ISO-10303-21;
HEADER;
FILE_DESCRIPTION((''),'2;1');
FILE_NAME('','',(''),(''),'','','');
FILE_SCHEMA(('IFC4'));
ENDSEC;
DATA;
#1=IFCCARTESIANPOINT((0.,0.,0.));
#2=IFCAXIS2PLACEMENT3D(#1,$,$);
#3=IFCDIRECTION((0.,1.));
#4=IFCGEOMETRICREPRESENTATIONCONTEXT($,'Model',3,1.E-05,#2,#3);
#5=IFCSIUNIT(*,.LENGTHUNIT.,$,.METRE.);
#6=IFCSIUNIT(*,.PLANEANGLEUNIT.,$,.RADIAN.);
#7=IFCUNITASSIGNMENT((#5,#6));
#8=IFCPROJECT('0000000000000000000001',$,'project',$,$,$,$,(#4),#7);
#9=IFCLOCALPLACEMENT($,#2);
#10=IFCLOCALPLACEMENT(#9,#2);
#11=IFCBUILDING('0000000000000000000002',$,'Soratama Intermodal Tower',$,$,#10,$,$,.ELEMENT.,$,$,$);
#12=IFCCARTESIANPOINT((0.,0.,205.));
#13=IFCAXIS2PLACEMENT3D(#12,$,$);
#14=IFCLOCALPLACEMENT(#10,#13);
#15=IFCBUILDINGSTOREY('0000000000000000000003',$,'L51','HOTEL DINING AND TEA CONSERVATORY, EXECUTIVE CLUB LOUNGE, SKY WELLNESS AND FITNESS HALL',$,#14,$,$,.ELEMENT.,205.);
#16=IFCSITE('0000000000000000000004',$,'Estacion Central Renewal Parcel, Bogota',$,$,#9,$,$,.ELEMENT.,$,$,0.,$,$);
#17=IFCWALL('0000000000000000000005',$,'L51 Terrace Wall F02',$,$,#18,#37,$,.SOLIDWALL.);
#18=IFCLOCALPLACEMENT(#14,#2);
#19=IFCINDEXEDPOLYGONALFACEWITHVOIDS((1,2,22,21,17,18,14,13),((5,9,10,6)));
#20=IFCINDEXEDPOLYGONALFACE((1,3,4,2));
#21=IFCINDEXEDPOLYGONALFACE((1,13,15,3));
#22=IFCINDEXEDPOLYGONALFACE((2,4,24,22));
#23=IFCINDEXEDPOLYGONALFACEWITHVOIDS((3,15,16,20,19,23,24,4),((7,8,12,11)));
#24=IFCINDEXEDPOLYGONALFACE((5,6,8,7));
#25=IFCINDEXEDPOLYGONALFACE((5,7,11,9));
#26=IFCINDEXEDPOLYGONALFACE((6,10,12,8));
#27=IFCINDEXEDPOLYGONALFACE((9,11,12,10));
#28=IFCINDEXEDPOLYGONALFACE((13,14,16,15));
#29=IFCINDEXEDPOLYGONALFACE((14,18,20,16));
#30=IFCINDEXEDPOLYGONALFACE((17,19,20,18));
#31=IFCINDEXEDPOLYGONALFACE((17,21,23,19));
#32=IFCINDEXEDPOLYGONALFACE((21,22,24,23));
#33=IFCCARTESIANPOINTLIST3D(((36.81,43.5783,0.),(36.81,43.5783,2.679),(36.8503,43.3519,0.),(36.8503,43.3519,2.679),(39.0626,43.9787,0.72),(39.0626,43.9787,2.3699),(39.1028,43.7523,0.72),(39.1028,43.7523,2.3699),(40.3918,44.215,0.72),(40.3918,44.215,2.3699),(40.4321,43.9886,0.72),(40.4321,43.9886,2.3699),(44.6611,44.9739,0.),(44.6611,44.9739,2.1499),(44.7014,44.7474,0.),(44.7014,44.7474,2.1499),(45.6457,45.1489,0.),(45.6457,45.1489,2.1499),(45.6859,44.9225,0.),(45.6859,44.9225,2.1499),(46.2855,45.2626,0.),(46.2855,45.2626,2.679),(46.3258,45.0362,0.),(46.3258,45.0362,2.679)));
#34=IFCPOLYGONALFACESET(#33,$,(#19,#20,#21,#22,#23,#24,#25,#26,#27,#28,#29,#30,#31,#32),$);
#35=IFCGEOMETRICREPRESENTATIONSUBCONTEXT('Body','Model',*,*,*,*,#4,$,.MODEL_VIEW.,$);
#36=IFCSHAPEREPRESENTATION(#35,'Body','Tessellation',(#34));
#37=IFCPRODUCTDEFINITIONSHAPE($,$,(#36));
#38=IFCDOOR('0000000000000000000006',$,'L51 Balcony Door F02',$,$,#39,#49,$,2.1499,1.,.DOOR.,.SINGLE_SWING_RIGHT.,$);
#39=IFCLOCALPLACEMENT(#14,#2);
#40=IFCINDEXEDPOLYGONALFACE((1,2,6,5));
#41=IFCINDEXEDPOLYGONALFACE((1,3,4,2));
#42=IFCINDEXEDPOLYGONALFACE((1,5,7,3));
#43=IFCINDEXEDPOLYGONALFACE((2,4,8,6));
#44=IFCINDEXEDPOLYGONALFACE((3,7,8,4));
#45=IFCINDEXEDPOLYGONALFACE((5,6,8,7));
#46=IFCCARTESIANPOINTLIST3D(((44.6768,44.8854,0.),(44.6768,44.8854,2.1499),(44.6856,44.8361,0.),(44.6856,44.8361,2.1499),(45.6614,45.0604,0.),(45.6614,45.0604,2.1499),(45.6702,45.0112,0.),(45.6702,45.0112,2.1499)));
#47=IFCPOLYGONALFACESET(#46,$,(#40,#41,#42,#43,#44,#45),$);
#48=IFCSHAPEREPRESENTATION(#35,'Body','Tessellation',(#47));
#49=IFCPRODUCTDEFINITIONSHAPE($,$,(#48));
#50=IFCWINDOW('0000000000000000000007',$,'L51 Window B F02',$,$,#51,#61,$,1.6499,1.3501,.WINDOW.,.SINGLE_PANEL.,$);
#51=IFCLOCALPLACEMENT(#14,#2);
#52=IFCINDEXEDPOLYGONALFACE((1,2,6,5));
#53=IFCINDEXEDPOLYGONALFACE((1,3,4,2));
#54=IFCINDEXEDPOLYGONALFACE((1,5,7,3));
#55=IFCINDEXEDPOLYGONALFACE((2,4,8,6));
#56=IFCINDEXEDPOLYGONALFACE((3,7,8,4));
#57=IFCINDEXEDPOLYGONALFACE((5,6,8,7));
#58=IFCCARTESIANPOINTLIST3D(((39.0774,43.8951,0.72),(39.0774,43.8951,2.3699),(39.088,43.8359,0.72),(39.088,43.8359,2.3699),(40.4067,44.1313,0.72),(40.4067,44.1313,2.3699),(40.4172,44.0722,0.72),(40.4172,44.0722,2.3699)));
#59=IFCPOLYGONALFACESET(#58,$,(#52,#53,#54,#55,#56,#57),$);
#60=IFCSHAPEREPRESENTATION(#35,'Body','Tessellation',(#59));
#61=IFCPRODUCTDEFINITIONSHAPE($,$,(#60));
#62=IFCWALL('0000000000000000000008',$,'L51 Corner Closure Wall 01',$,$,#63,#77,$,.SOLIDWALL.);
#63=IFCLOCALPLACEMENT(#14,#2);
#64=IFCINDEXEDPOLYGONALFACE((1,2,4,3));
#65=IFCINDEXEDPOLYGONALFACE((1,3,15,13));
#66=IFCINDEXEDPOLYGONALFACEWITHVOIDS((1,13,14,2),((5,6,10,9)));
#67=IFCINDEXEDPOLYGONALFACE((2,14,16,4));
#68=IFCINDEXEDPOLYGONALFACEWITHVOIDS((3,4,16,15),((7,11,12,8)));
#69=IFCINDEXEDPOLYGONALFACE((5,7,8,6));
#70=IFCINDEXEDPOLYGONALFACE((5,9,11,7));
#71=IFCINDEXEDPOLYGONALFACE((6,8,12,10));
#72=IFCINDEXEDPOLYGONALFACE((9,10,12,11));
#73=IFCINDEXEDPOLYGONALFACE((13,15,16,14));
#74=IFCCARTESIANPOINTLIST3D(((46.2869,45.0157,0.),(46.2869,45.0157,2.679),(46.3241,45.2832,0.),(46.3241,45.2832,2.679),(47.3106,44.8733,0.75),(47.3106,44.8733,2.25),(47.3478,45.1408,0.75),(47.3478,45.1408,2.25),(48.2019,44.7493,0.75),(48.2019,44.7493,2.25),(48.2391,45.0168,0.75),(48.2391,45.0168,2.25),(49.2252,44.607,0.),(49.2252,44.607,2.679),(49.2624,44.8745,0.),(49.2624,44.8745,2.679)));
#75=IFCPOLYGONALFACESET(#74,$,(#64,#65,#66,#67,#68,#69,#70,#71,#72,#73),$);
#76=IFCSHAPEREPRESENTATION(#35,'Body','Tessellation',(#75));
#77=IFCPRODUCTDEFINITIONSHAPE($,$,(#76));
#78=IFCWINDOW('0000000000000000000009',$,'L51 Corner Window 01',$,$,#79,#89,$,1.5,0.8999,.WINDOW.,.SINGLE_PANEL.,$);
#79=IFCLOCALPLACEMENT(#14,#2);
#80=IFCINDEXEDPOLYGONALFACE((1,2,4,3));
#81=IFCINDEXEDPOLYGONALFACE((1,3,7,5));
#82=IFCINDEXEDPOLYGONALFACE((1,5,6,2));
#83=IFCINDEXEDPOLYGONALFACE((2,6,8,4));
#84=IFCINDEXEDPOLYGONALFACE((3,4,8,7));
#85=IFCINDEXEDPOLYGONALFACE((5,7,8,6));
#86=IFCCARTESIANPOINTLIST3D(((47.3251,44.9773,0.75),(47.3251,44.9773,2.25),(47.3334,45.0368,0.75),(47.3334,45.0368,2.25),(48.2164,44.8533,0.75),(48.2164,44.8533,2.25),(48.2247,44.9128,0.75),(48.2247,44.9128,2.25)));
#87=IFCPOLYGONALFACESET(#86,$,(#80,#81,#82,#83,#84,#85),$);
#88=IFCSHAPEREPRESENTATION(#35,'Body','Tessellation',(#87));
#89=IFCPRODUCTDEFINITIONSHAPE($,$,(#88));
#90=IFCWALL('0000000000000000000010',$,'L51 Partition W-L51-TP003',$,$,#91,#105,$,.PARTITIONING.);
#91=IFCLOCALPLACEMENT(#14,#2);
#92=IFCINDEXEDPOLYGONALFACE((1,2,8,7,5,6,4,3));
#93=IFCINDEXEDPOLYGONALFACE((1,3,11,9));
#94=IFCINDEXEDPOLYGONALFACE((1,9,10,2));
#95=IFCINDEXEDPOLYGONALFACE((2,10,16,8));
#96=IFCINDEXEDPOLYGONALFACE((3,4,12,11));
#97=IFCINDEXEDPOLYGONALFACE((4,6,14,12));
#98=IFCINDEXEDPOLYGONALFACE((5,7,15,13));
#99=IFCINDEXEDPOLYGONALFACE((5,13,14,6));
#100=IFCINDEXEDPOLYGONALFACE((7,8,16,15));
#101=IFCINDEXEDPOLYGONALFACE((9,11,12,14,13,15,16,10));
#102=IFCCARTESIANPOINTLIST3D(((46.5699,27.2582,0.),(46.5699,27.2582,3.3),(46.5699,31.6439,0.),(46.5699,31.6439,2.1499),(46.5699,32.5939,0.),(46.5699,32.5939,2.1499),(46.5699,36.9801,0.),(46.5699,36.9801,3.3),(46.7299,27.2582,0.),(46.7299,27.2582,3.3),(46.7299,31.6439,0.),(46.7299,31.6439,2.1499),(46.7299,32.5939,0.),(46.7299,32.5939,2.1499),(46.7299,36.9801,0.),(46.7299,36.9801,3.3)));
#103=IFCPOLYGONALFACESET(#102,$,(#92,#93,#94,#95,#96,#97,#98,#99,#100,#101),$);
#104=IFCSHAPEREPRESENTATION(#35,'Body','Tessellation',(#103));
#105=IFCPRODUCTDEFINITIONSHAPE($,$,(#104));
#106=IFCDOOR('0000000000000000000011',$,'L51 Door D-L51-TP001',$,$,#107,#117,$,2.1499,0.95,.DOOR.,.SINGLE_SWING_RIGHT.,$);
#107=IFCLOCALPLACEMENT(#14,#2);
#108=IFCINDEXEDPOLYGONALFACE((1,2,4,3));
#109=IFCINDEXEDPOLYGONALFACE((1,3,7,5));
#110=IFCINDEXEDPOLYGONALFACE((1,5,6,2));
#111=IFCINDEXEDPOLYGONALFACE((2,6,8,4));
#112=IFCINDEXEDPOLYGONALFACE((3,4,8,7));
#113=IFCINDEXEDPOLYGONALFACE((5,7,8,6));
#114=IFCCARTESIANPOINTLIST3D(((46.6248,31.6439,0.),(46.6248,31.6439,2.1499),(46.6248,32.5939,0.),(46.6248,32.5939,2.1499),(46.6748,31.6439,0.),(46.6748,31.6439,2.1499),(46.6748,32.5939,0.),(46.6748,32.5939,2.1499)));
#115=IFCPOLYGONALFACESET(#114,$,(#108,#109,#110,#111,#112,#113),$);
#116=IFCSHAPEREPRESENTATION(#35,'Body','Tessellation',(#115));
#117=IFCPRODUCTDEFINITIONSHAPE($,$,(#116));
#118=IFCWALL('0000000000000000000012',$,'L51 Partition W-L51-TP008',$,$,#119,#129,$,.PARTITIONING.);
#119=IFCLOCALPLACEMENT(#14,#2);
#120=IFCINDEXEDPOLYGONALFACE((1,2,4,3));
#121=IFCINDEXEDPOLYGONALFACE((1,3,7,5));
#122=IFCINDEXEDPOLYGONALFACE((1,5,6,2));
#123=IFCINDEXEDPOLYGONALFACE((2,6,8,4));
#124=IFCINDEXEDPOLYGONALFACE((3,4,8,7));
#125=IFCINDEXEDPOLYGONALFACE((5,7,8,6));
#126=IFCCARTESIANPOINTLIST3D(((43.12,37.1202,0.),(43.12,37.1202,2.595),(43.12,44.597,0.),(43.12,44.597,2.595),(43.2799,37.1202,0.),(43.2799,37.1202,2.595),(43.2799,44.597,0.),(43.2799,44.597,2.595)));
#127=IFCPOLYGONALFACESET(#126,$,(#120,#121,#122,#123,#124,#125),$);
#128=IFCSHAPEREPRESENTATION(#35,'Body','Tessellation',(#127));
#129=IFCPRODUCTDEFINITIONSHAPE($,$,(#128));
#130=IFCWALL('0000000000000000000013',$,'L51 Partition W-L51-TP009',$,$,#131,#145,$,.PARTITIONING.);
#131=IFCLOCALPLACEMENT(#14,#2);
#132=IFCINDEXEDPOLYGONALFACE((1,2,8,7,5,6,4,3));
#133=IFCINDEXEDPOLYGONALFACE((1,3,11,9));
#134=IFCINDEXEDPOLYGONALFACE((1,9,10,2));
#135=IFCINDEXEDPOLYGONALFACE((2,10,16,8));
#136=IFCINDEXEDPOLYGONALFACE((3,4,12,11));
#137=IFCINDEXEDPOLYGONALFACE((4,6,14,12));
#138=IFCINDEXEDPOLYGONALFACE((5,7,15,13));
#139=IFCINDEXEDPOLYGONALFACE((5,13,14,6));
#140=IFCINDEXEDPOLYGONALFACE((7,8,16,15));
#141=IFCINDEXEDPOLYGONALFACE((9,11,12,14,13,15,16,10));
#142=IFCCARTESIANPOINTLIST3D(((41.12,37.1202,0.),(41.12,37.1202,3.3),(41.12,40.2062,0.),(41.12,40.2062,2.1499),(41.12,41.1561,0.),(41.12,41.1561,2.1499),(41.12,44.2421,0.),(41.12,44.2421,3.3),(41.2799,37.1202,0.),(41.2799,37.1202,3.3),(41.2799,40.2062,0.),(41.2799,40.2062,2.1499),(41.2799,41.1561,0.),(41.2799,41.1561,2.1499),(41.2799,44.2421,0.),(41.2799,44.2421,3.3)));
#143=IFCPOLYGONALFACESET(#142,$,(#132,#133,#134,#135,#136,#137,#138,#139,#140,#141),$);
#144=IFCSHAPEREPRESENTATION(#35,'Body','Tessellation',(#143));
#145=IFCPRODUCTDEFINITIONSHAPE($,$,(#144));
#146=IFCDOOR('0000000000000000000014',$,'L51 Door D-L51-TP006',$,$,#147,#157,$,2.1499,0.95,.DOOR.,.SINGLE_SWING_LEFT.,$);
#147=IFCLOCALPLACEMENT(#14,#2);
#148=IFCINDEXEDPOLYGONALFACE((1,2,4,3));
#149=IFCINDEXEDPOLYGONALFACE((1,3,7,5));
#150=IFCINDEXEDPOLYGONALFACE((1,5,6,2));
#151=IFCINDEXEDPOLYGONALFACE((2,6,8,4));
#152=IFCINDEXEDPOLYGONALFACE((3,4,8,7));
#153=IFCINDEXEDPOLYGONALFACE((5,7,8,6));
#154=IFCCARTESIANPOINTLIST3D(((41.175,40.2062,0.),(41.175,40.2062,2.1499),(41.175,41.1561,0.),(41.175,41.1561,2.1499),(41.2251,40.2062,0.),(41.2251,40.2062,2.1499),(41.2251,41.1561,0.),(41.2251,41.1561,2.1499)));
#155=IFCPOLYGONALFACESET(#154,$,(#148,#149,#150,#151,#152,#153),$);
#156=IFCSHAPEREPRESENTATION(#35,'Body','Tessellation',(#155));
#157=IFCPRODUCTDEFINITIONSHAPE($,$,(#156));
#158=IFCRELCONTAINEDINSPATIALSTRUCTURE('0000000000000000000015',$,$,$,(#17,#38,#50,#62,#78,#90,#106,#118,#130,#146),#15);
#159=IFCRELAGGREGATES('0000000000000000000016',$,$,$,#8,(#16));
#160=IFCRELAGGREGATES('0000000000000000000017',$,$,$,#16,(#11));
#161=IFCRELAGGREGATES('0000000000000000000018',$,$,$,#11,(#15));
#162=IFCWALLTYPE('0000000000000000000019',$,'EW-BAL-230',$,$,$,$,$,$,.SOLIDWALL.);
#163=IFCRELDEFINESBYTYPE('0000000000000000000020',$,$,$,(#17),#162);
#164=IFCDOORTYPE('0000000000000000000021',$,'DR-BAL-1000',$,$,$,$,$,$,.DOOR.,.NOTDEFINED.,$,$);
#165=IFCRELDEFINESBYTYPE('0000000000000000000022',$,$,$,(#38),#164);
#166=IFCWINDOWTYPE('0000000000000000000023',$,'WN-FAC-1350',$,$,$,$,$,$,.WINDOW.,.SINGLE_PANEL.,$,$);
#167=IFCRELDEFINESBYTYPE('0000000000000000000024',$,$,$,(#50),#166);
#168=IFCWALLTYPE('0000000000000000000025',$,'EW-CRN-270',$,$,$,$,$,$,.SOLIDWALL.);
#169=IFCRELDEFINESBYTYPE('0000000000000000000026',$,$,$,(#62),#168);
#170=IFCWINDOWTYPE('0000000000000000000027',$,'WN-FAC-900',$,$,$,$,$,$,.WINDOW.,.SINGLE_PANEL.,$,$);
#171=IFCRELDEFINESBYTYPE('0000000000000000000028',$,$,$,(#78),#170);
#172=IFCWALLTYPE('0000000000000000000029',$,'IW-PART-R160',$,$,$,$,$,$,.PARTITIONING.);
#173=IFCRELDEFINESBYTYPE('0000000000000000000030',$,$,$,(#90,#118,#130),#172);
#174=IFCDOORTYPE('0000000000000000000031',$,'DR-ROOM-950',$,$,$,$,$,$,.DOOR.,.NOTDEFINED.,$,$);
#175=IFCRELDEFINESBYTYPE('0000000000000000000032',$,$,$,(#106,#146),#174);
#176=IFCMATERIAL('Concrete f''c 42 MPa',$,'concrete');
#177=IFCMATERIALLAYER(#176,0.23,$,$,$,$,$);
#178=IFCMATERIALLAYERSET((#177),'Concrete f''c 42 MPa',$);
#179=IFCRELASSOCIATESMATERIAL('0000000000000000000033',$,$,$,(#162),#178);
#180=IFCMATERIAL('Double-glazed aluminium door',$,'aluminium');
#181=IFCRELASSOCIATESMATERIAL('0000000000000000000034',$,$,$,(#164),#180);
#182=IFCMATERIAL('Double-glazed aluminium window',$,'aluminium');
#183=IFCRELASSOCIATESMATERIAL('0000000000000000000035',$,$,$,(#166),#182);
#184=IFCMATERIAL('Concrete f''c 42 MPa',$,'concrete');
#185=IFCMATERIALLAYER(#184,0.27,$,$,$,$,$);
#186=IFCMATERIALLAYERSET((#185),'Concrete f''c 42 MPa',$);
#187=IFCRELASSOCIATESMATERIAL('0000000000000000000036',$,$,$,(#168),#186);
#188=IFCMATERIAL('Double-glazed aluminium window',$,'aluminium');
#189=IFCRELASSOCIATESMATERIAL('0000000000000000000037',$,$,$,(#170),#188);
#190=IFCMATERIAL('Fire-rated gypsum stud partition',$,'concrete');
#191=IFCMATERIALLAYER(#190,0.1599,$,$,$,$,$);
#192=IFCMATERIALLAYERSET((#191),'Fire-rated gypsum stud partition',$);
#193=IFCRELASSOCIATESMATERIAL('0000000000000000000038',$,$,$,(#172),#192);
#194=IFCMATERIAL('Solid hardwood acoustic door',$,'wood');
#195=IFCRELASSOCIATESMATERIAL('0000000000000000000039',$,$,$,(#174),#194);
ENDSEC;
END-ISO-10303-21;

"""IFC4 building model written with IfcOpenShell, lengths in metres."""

from ifc_helpers import new_model, si_unit, direction, frame, frame_2d, origin, place, context, subcontext, project, spatial, rectangle, extrude, material, layer, layer_set, type_object, element, fill, save


model = new_model("IFC4")

# Units and contexts
model_context = context("Model", 3, precision=1e-05, world=origin(), true_north=direction((0.0, 1.0)))
body_context = subcontext(model_context, "Body", "Model", "MODEL_VIEW")
ifc_project = project(units=[si_unit("LENGTHUNIT", "METRE"), si_unit("PLANEANGLEUNIT", "RADIAN")], contexts=[model_context])

# Site, building, storey
site_placement = place(None, origin())
site = spatial("IfcSite", under=ifc_project, at=site_placement, Name="Estacion Central Renewal Parcel, Bogota", CompositionType="ELEMENT", RefElevation=0.0)
building_placement = place(site_placement, origin())
building = spatial("IfcBuilding", under=site, at=building_placement, Name="Soratama Intermodal Tower", CompositionType="ELEMENT")
storey_placement = place(building_placement, frame((0.0, 0.0, 205.0)))
storey = spatial("IfcBuildingStorey", under=building, at=storey_placement, Name="L51", Description="HOTEL DINING AND TEA CONSERVATORY, EXECUTIVE CLUB LOUNGE, SKY WELLNESS AND FITNESS HALL", CompositionType="ELEMENT", Elevation=205.0)

# Wall, openings, door, window
ifc_material_1 = material(Name="Concrete f'c 42 MPa", Category="concrete")
ifc_layer_1 = layer(ifc_material_1, 0.23)
ifc_layer_set_1 = layer_set([ifc_layer_1], Name="Concrete f'c 42 MPa")
wall_type_1 = type_object("IfcWallType", Name="EW-BAL-230", PredefinedType="SOLIDWALL", material=ifc_layer_set_1)
wall_1_placement = place(storey_placement, frame((46.3057, 45.1494, 0.0), z_axis=(0.0, 0.0, 1.0), x_axis=(-0.984566, -0.175011, 0.0)))
wall_1 = element("IfcWall", 1, at=wall_1_placement, inside=storey, type_object=wall_type_1, Name="L51 Terrace Wall F02", PredefinedType="SOLIDWALL", context=body_context, shape_type="SweptSolid", body=[
    extrude(rectangle(XDim=9.624, YDim=0.23, at=frame_2d((4.812, 0.0))), origin(), (0.0, 0.0, 1.0), 2.679),
])
opening_1_placement = place(wall_1_placement, frame((0.6499, 0.0, 0.0)))
opening_1 = element("IfcOpeningElement", 2, at=opening_1_placement, cuts=wall_1, PredefinedType="OPENING", context=body_context, shape_type="SweptSolid", body=[
    extrude(rectangle(XDim=1.0, YDim=2.1499, at=frame_2d((0.5, 1.075))), frame((0.0, 0.125, 0.0), z_axis=(0.0, -1.0, 0.0), x_axis=(1.0, 0.0, 0.0)), (0.0, 0.0, 1.0), 0.25),
])
opening_2_placement = place(wall_1_placement, frame((5.9861, 0.0, 0.72)))
opening_2 = element("IfcOpeningElement", 3, at=opening_2_placement, cuts=wall_1, PredefinedType="OPENING", context=body_context, shape_type="SweptSolid", body=[
    extrude(rectangle(XDim=1.3501, YDim=1.6499, at=frame_2d((0.675, 0.825))), frame((0.0, 0.125, 0.0), z_axis=(0.0, -1.0, 0.0), x_axis=(1.0, 0.0, 0.0)), (0.0, 0.0, 1.0), 0.25),
])
ifc_material_2 = material(Name="Double-glazed aluminium door", Category="aluminium")
door_type_1 = type_object("IfcDoorType", Name="DR-BAL-1000", OperationType="NOTDEFINED", PredefinedType="DOOR", material=ifc_material_2)
door_1_placement = place(opening_1_placement, origin())
door_1 = element("IfcDoor", 4, at=door_1_placement, inside=storey, type_object=door_type_1, Name="L51 Balcony Door F02", OperationType="SINGLE_SWING_RIGHT", OverallHeight=2.1499, OverallWidth=1.0, PredefinedType="DOOR", context=body_context, shape_type="SweptSolid", body=[
    extrude(rectangle(XDim=1.0, YDim=2.1499, at=frame_2d((0.5, 1.075))), frame((0.0, 0.0249, 0.0), z_axis=(0.0, -1.0, 0.0), x_axis=(1.0, 0.0, 0.0)), (0.0, 0.0, 1.0), 0.05),
])
fill(opening_1, door_1)
ifc_material_3 = material(Name="Double-glazed aluminium window", Category="aluminium")
window_type_1 = type_object("IfcWindowType", Name="WN-FAC-1350", PartitioningType="SINGLE_PANEL", PredefinedType="WINDOW", material=ifc_material_3)
window_1_placement = place(opening_2_placement, origin())
window_1 = element("IfcWindow", 5, at=window_1_placement, inside=storey, type_object=window_type_1, Name="L51 Window B F02", OverallHeight=1.6499, OverallWidth=1.3501, PartitioningType="SINGLE_PANEL", PredefinedType="WINDOW", context=body_context, shape_type="SweptSolid", body=[
    extrude(rectangle(XDim=1.3501, YDim=1.6499, at=frame_2d((0.675, 0.825))), frame((0.0, 0.03, 0.0), z_axis=(0.0, -1.0, 0.0), x_axis=(1.0, 0.0, 0.0)), (0.0, 0.0, 1.0), 0.0601),
])
fill(opening_2, window_1)

# Wall, opening, window
ifc_material_4 = material(Name="Concrete f'c 42 MPa", Category="concrete")
ifc_layer_2 = layer(ifc_material_4, 0.27)
ifc_layer_set_2 = layer_set([ifc_layer_2], Name="Concrete f'c 42 MPa")
wall_type_2 = type_object("IfcWallType", Name="EW-CRN-270", PredefinedType="SOLIDWALL", material=ifc_layer_set_2)
wall_2_placement = place(storey_placement, frame((49.2439, 44.7407, 0.0), z_axis=(0.0, 0.0, 1.0), x_axis=(-0.990465, 0.137768, 0.0)))
wall_2 = element("IfcWall", 6, at=wall_2_placement, inside=storey, type_object=wall_type_2, Name="L51 Corner Closure Wall 01", PredefinedType="SOLIDWALL", context=body_context, shape_type="SweptSolid", body=[
    extrude(rectangle(XDim=2.9666, YDim=0.27, at=frame_2d((1.4834, 0.0))), origin(), (0.0, 0.0, 1.0), 2.679),
])
opening_3_placement = place(wall_2_placement, frame((1.0332, 0.0, 0.75)))
opening_3 = element("IfcOpeningElement", 7, at=opening_3_placement, cuts=wall_2, PredefinedType="OPENING", context=body_context, shape_type="SweptSolid", body=[
    extrude(rectangle(XDim=0.8999, YDim=1.5, at=frame_2d((0.45, 0.75))), frame((0.0, 0.145, 0.0), z_axis=(0.0, -1.0, 0.0), x_axis=(1.0, 0.0, 0.0)), (0.0, 0.0, 1.0), 0.29),
])
ifc_material_5 = material(Name="Double-glazed aluminium window", Category="aluminium")
window_type_2 = type_object("IfcWindowType", Name="WN-FAC-900", PartitioningType="SINGLE_PANEL", PredefinedType="WINDOW", material=ifc_material_5)
window_2_placement = place(opening_3_placement, origin())
window_2 = element("IfcWindow", 8, at=window_2_placement, inside=storey, type_object=window_type_2, Name="L51 Corner Window 01", OverallHeight=1.5, OverallWidth=0.8999, PartitioningType="SINGLE_PANEL", PredefinedType="WINDOW", context=body_context, shape_type="SweptSolid", body=[
    extrude(rectangle(XDim=0.8999, YDim=1.5, at=frame_2d((0.45, 0.75))), frame((0.0, 0.03, 0.0), z_axis=(0.0, -1.0, 0.0), x_axis=(1.0, 0.0, 0.0)), (0.0, 0.0, 1.0), 0.0601),
])
fill(opening_3, window_2)

# Wall, opening, door
ifc_material_6 = material(Name="Fire-rated gypsum stud partition", Category="concrete")
ifc_layer_3 = layer(ifc_material_6, 0.1599)
ifc_layer_set_3 = layer_set([ifc_layer_3], Name="Fire-rated gypsum stud partition")
wall_type_3 = type_object("IfcWallType", Name="IW-PART-R160", PredefinedType="PARTITIONING", material=ifc_layer_set_3)
wall_3_placement = place(storey_placement, frame((46.6499, 36.98, 0.0), z_axis=(0.0, 0.0, 1.0), x_axis=(0.0, -1.0, 0.0)))
wall_3 = element("IfcWall", 9, at=wall_3_placement, inside=storey, type_object=wall_type_3, Name="L51 Partition W-L51-TP003", PredefinedType="PARTITIONING", context=body_context, shape_type="SweptSolid", body=[
    extrude(rectangle(XDim=9.7219, YDim=0.1599, at=frame_2d((4.8608, 0.0))), origin(), (0.0, 0.0, 1.0), 3.3),
])
opening_4_placement = place(wall_3_placement, frame((4.386, 0.0, 0.0)))
opening_4 = element("IfcOpeningElement", 10, at=opening_4_placement, cuts=wall_3, PredefinedType="OPENING", context=body_context, shape_type="SweptSolid", body=[
    extrude(rectangle(XDim=0.95, YDim=2.1499, at=frame_2d((0.4751, 1.075))), frame((0.0, 0.0898, 0.0), z_axis=(0.0, -1.0, 0.0), x_axis=(1.0, 0.0, 0.0)), (0.0, 0.0, 1.0), 0.1799),
])
ifc_material_7 = material(Name="Solid hardwood acoustic door", Category="wood")
door_type_2 = type_object("IfcDoorType", Name="DR-ROOM-950", OperationType="NOTDEFINED", PredefinedType="DOOR", material=ifc_material_7)
door_2_placement = place(opening_4_placement, origin())
door_2 = element("IfcDoor", 11, at=door_2_placement, inside=storey, type_object=door_type_2, Name="L51 Door D-L51-TP001", OperationType="SINGLE_SWING_RIGHT", OverallHeight=2.1499, OverallWidth=0.95, PredefinedType="DOOR", context=body_context, shape_type="SweptSolid", body=[
    extrude(rectangle(XDim=0.95, YDim=2.1499, at=frame_2d((0.4751, 1.075))), frame((0.0, 0.0249, 0.0), z_axis=(0.0, -1.0, 0.0), x_axis=(1.0, 0.0, 0.0)), (0.0, 0.0, 1.0), 0.05),
])
fill(opening_4, door_2)

# Wall
wall_4_placement = place(storey_placement, frame((43.2, 44.5969, 0.0), z_axis=(0.0, 0.0, 1.0), x_axis=(0.0, -1.0, 0.0)))
element("IfcWall", 12, at=wall_4_placement, inside=storey, type_object=wall_type_3, Name="L51 Partition W-L51-TP008", PredefinedType="PARTITIONING", context=body_context, shape_type="SweptSolid", body=[
    extrude(rectangle(XDim=7.4768, YDim=0.1599, at=frame_2d((3.7383, 0.0))), origin(), (0.0, 0.0, 1.0), 2.595),
])

# Wall, opening, door
wall_5_placement = place(storey_placement, frame((41.2, 37.1201, 0.0), z_axis=(0.0, 0.0, 1.0), x_axis=(0.0, 1.0, 0.0)))
wall_5 = element("IfcWall", 13, at=wall_5_placement, inside=storey, type_object=wall_type_3, Name="L51 Partition W-L51-TP009", PredefinedType="PARTITIONING", context=body_context, shape_type="SweptSolid", body=[
    extrude(rectangle(XDim=7.1218, YDim=0.1599, at=frame_2d((3.561, 0.0))), origin(), (0.0, 0.0, 1.0), 3.3),
])
opening_5_placement = place(wall_5_placement, frame((3.0859, 0.0, 0.0)))
opening_5 = element("IfcOpeningElement", 14, at=opening_5_placement, cuts=wall_5, PredefinedType="OPENING", context=body_context, shape_type="SweptSolid", body=[
    extrude(rectangle(XDim=0.95, YDim=2.1499, at=frame_2d((0.4751, 1.075))), frame((0.0, 0.0898, 0.0), z_axis=(0.0, -1.0, 0.0), x_axis=(1.0, 0.0, 0.0)), (0.0, 0.0, 1.0), 0.1799),
])
door_3_placement = place(opening_5_placement, origin())
door_3 = element("IfcDoor", 15, at=door_3_placement, inside=storey, type_object=door_type_2, Name="L51 Door D-L51-TP006", OperationType="SINGLE_SWING_LEFT", OverallHeight=2.1499, OverallWidth=0.95, PredefinedType="DOOR", context=body_context, shape_type="SweptSolid", body=[
    extrude(rectangle(XDim=0.95, YDim=2.1499, at=frame_2d((0.4751, 1.075))), frame((0.0, 0.0249, 0.0), z_axis=(0.0, -1.0, 0.0), x_axis=(1.0, 0.0, 0.0)), (0.0, 0.0, 1.0), 0.05),
])
fill(opening_5, door_3)

save(model, "model.ifc")
